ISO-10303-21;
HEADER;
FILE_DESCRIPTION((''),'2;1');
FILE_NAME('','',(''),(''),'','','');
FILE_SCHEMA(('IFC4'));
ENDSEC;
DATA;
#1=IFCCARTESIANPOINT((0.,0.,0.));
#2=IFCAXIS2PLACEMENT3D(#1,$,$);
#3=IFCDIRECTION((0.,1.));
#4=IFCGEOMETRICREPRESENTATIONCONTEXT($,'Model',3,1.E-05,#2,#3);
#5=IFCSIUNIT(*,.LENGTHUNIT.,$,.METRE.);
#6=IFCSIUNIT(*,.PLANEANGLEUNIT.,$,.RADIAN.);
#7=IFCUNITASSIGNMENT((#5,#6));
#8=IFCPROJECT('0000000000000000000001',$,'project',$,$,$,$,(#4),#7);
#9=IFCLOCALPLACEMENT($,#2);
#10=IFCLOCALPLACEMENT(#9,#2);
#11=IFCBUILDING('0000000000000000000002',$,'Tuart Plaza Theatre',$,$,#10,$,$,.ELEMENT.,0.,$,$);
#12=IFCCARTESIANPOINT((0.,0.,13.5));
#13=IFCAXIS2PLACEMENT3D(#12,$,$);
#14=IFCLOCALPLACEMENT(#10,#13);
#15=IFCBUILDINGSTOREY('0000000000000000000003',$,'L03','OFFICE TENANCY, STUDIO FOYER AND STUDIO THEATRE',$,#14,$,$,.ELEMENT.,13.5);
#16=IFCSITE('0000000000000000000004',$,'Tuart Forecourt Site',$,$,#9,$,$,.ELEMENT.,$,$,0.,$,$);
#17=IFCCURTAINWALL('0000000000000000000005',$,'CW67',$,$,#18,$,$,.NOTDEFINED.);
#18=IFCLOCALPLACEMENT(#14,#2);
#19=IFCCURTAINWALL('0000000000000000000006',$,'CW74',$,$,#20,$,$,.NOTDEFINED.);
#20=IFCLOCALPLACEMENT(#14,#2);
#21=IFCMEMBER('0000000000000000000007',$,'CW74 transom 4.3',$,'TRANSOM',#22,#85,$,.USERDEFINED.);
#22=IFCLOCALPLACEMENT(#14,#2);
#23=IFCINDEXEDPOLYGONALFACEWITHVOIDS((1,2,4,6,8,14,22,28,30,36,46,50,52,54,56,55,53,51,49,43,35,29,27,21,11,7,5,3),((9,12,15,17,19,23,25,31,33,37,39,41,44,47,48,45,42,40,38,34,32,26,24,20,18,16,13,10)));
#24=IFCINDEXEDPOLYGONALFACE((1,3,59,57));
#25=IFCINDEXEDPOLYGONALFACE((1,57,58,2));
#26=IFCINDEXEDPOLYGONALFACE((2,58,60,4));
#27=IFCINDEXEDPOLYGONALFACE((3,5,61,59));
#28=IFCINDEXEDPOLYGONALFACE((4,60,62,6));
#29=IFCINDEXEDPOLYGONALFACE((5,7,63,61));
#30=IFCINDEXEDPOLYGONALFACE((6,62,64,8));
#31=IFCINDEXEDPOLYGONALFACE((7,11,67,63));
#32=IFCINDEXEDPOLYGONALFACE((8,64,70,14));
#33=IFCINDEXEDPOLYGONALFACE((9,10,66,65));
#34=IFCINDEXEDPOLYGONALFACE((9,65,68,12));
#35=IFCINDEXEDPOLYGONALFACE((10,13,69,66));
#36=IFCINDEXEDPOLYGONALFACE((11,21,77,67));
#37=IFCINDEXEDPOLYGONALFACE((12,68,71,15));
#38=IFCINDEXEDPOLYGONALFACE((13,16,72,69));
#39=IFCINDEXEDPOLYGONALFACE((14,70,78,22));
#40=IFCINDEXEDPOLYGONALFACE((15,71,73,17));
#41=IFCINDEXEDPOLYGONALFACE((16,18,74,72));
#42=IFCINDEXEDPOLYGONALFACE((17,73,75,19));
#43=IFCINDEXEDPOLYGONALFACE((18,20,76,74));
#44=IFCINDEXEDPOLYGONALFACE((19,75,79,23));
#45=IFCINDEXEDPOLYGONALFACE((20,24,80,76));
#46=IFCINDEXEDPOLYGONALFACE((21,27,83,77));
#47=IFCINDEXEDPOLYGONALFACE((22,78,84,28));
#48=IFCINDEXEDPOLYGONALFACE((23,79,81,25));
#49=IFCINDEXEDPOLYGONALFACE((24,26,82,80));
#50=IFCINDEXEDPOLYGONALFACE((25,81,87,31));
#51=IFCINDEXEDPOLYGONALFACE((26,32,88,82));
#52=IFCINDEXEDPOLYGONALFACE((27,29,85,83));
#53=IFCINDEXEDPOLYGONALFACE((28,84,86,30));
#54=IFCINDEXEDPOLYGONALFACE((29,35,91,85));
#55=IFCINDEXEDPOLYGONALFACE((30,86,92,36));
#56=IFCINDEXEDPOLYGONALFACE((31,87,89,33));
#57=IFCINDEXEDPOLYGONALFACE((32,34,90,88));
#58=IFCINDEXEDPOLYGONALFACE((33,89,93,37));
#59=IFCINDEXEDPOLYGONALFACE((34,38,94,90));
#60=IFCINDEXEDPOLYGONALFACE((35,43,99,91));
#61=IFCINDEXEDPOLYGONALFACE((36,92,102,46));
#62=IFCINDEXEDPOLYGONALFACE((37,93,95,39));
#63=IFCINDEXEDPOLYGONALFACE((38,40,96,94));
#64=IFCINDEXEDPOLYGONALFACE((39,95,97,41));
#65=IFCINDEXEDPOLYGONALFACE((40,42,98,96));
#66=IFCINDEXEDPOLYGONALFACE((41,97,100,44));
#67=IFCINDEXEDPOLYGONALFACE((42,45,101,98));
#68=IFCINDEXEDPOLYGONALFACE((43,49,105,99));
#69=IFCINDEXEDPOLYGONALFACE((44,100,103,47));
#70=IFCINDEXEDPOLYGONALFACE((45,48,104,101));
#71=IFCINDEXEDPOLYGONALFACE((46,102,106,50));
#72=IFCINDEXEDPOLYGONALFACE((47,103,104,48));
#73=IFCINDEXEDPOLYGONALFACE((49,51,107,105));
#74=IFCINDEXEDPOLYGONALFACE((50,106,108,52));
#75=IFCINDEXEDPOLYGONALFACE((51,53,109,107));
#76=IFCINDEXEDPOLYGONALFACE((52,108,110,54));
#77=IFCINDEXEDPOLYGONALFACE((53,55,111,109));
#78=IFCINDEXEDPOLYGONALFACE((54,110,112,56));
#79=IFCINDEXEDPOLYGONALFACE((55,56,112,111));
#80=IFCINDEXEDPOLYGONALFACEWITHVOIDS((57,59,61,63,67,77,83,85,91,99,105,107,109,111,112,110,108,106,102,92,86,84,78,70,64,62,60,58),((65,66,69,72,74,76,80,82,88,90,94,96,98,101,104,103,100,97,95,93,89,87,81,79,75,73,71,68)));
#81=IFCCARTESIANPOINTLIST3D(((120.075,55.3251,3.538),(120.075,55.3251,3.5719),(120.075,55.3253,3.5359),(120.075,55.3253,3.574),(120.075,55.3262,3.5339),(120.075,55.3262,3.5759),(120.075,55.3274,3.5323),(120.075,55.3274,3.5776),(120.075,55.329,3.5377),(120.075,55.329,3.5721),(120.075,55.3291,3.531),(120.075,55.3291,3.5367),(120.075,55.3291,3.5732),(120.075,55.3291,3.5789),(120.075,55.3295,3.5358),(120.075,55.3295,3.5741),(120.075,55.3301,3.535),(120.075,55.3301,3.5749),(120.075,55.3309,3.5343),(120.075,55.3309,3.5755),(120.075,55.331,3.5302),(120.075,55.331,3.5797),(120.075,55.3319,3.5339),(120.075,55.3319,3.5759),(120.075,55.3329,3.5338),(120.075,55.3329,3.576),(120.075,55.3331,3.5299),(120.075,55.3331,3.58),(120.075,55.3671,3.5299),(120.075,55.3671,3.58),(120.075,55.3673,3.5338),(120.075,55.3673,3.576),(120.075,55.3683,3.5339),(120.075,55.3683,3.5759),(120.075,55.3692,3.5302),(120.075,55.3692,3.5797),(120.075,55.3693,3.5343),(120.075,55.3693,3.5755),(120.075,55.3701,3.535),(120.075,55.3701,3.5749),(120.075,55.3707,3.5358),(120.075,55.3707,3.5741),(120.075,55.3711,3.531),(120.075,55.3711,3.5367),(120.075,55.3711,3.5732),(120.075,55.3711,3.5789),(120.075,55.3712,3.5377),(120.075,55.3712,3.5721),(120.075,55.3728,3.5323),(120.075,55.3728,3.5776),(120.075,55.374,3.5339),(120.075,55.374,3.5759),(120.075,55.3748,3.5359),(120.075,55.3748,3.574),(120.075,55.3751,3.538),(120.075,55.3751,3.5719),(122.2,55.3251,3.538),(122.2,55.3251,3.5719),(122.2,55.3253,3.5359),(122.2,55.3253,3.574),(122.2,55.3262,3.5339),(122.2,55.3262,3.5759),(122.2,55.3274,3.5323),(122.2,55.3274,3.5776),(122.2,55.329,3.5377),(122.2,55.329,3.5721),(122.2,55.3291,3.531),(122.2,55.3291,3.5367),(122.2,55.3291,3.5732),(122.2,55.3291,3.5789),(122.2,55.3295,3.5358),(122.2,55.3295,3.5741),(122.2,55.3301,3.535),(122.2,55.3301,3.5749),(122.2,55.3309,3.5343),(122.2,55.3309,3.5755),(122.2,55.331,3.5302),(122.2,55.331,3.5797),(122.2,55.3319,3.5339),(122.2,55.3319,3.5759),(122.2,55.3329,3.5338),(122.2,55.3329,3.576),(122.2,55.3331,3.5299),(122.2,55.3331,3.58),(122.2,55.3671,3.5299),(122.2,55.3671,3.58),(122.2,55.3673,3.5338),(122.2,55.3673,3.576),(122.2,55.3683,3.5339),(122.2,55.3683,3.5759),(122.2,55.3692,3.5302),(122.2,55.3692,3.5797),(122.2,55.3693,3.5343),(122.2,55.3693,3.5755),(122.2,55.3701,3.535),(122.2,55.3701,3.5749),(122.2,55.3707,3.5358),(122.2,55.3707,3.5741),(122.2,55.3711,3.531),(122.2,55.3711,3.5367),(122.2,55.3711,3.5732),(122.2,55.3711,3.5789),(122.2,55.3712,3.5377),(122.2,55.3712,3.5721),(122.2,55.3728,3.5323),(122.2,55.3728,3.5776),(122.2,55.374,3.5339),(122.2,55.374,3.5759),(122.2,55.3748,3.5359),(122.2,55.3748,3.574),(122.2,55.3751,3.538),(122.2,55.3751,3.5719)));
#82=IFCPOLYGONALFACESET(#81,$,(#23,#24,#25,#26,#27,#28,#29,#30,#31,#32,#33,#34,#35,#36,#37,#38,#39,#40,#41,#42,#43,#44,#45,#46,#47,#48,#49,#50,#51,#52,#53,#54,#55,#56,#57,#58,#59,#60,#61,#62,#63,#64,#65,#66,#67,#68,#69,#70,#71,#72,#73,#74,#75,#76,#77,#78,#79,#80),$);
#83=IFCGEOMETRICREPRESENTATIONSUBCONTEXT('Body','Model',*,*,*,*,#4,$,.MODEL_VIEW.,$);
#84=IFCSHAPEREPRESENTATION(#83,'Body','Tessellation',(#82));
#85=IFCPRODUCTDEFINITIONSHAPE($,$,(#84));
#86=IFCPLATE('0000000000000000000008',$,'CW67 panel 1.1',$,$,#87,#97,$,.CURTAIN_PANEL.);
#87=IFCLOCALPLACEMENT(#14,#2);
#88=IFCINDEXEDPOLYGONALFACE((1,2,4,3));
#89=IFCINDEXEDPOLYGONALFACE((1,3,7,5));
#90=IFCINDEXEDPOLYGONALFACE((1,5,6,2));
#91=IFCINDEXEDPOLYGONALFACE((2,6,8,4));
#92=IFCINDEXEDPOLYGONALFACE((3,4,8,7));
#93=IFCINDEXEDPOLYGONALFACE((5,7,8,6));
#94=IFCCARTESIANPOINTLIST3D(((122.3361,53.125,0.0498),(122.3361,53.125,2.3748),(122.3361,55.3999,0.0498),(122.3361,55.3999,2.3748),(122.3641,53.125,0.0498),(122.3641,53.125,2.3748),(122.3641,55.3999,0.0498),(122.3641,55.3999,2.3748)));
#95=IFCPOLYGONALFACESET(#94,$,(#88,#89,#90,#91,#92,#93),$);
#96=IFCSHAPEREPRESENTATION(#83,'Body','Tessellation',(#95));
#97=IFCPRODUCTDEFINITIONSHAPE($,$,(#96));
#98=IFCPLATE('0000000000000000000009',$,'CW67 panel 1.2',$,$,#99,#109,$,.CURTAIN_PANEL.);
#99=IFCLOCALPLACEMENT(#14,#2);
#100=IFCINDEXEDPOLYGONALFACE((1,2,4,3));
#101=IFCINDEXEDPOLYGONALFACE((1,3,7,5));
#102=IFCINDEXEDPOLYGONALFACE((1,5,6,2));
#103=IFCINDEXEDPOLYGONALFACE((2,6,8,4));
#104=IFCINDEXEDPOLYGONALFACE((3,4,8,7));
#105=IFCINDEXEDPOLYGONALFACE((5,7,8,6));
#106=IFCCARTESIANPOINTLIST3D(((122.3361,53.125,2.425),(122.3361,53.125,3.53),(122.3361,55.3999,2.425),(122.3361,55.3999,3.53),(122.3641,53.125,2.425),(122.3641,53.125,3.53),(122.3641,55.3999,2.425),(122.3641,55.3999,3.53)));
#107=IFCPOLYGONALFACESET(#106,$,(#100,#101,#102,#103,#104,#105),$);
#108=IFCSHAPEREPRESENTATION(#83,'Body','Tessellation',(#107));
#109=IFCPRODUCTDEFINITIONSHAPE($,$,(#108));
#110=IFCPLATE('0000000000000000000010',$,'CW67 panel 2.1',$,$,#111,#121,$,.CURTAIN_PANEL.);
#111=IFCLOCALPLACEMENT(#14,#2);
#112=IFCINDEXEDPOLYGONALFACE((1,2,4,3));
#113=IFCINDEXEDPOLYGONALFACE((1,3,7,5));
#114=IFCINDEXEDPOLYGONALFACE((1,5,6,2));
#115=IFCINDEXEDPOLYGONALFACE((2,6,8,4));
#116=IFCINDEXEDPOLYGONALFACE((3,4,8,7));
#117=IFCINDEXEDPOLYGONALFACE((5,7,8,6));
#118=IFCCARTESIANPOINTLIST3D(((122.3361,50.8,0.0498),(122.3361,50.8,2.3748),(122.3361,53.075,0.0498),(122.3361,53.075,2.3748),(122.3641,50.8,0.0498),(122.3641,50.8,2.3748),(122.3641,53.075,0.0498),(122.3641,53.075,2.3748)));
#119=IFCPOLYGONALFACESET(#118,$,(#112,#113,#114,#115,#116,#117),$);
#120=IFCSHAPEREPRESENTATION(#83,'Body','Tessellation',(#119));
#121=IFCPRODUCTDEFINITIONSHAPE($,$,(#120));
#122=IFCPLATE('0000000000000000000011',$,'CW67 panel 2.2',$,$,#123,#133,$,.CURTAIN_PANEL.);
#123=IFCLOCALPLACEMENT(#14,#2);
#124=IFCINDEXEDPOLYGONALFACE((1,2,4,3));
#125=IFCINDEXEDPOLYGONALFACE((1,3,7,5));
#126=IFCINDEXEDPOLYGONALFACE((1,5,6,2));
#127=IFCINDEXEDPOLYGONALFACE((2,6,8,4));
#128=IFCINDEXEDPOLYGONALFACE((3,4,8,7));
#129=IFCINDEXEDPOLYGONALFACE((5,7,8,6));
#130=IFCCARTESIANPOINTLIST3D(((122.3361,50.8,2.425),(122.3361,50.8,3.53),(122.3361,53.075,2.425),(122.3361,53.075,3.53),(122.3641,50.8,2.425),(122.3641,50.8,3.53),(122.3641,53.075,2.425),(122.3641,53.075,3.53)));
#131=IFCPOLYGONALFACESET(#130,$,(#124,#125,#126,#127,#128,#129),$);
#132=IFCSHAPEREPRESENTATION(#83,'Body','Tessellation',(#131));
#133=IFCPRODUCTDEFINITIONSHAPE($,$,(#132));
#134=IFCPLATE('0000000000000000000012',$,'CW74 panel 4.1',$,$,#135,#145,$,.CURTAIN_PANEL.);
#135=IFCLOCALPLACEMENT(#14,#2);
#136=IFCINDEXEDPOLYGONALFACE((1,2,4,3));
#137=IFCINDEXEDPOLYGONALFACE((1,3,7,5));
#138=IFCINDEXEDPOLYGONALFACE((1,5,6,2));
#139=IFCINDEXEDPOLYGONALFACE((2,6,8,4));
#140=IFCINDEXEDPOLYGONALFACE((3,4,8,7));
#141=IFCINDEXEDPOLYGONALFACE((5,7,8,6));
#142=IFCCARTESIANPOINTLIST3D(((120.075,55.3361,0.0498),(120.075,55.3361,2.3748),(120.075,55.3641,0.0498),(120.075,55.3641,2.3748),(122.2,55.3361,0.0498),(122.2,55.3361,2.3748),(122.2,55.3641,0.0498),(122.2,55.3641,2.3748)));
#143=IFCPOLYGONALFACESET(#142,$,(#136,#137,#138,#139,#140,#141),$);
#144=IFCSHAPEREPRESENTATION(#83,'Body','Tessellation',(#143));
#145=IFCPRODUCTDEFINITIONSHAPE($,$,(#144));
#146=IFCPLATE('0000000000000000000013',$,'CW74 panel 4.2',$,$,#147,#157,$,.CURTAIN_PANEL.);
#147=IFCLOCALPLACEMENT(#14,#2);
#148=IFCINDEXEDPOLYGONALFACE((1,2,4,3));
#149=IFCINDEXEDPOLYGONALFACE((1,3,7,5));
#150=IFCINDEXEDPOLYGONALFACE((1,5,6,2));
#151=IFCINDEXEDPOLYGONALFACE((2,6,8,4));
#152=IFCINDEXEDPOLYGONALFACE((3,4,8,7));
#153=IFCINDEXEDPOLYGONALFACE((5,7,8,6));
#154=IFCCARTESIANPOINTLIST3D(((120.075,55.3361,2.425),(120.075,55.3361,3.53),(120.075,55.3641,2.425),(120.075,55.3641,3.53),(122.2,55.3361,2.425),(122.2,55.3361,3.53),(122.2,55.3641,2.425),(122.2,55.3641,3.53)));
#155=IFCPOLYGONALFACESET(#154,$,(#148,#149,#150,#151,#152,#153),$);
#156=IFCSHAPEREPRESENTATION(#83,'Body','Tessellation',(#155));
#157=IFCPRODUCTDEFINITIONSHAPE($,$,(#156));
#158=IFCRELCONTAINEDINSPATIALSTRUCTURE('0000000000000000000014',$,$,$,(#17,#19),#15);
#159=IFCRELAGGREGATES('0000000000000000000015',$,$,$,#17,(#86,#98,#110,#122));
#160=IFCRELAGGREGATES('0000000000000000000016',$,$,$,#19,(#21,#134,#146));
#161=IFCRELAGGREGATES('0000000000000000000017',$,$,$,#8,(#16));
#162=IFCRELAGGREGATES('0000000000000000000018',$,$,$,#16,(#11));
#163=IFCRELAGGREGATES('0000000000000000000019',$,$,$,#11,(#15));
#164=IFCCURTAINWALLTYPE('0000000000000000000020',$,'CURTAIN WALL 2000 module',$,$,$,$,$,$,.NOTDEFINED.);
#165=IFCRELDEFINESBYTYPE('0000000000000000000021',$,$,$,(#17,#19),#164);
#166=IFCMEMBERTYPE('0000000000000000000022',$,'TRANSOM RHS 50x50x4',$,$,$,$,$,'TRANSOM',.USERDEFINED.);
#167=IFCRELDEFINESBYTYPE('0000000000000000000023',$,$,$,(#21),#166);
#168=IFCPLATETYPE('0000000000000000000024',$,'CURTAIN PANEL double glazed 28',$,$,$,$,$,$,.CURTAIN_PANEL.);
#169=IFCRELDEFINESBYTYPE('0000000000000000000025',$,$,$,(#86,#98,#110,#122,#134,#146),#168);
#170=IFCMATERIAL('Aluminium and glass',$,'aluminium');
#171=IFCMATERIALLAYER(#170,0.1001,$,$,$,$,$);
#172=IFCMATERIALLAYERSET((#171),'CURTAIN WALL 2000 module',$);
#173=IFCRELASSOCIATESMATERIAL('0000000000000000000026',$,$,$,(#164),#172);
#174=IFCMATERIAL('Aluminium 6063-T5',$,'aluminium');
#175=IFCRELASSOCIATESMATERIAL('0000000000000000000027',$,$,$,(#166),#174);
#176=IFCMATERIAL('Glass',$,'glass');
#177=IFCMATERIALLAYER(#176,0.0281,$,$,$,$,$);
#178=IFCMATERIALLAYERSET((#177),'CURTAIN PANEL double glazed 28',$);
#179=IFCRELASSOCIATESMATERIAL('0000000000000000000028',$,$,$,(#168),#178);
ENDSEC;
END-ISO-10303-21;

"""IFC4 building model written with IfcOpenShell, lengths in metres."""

from ifc_helpers import new_model, si_unit, direction, frame, origin, origin_2d, place, context, subcontext, project, spatial, rectangle, hollow_rectangle, extrude, material, layer, layer_set, material_profile, profile_set, type_object, element, aggregate, save


model = new_model("IFC4")

# Units and contexts
model_context = context("Model", 3, precision=1e-05, world=origin(), true_north=direction((0.0, 1.0)))
body_context = subcontext(model_context, "Body", "Model", "MODEL_VIEW")
ifc_project = project(units=[si_unit("LENGTHUNIT", "METRE"), si_unit("PLANEANGLEUNIT", "RADIAN")], contexts=[model_context])

# Site, building, storey
site_placement = place(None, origin())
site = spatial("IfcSite", under=ifc_project, at=site_placement, Name="Tuart Forecourt Site", CompositionType="ELEMENT", RefElevation=0.0)
building_placement = place(site_placement, origin())
building = spatial("IfcBuilding", under=site, at=building_placement, Name="Tuart Plaza Theatre", CompositionType="ELEMENT", ElevationOfRefHeight=0.0)
storey_placement = place(building_placement, frame((0.0, 0.0, 13.5)))
storey = spatial("IfcBuildingStorey", under=building, at=storey_placement, Name="L03", Description="OFFICE TENANCY, STUDIO FOYER AND STUDIO THEATRE", CompositionType="ELEMENT", Elevation=13.5)

# Curtain wall
ifc_material_1 = material(Name="Aluminium and glass", Category="aluminium")
ifc_layer_1 = layer(ifc_material_1, 0.1001)
ifc_layer_set_1 = layer_set([ifc_layer_1], Name="CURTAIN WALL 2000 module")
curtain_wall_type = type_object("IfcCurtainWallType", Name="CURTAIN WALL 2000 module", PredefinedType="NOTDEFINED", material=ifc_layer_set_1)
curtain_wall_1_placement = place(storey_placement, origin())
curtain_wall_1 = element("IfcCurtainWall", 1, at=curtain_wall_1_placement, inside=storey, type_object=curtain_wall_type, Name="CW67", PredefinedType="NOTDEFINED")

# Curtain wall
curtain_wall_2_placement = place(storey_placement, origin())
curtain_wall_2 = element("IfcCurtainWall", 2, at=curtain_wall_2_placement, inside=storey, type_object=curtain_wall_type, Name="CW74", PredefinedType="NOTDEFINED")

# Member
ifc_material_2 = material(Name="Aluminium 6063-T5", Category="aluminium")
ifc_material_profile_1 = material_profile(ifc_material_2, hollow_rectangle(XDim=0.05, YDim=0.05, WallThickness=0.0039, InnerFilletRadius=0.0039, OuterFilletRadius=0.0081, at=origin_2d()), Name="RHS 50x50x4")
ifc_profile_set_1 = profile_set([ifc_material_profile_1], Name="Aluminium 6063-T5")
member_type_1 = type_object("IfcMemberType", Name="TRANSOM RHS 50x50x4", ElementType="TRANSOM", PredefinedType="USERDEFINED", material=ifc_profile_set_1)
member_1_placement = place(storey_placement, frame((120.075, 55.3501, 3.5549), z_axis=(1.0, 0.0, 0.0), x_axis=(0.0, 1.0, 0.0)))
member_1 = element("IfcMember", 3, at=member_1_placement, type_object=member_type_1, Name="CW74 transom 4.3", ObjectType="TRANSOM", PredefinedType="USERDEFINED", context=body_context, shape_type="SweptSolid", body=[
    extrude(hollow_rectangle(XDim=0.05, YDim=0.05, WallThickness=0.0039, InnerFilletRadius=0.0039, OuterFilletRadius=0.0081, at=origin_2d()), origin(), (0.0, 0.0, 1.0), 2.125),
])

# Plates
ifc_material_3 = material(Name="Glass", Category="glass")
ifc_layer_2 = layer(ifc_material_3, 0.0281)
ifc_layer_set_2 = layer_set([ifc_layer_2], Name="CURTAIN PANEL double glazed 28")
plate_type = type_object("IfcPlateType", Name="CURTAIN PANEL double glazed 28", PredefinedType="CURTAIN_PANEL", material=ifc_layer_set_2)
plate_1_placement = place(storey_placement, frame((122.3501, 54.2625, 0.0498), z_axis=(0.0, 0.0, 1.0), x_axis=(0.0, -1.0, 0.0)))
plate_1 = element("IfcPlate", 4, at=plate_1_placement, type_object=plate_type, Name="CW67 panel 1.1", PredefinedType="CURTAIN_PANEL", context=body_context, shape_type="SweptSolid", body=[
    extrude(rectangle(XDim=2.2749, YDim=0.0281, at=origin_2d()), origin(), (0.0, 0.0, 1.0), 2.325),
])
plate_2_placement = place(storey_placement, frame((122.3501, 54.2625, 2.425), z_axis=(0.0, 0.0, 1.0), x_axis=(0.0, -1.0, 0.0)))
plate_2 = element("IfcPlate", 5, at=plate_2_placement, type_object=plate_type, Name="CW67 panel 1.2", PredefinedType="CURTAIN_PANEL", context=body_context, shape_type="SweptSolid", body=[
    extrude(rectangle(XDim=2.2749, YDim=0.0281, at=origin_2d()), origin(), (0.0, 0.0, 1.0), 1.105),
])
plate_3_placement = place(storey_placement, frame((122.3501, 51.9375, 0.0498), z_axis=(0.0, 0.0, 1.0), x_axis=(0.0, -1.0, 0.0)))
plate_3 = element("IfcPlate", 6, at=plate_3_placement, type_object=plate_type, Name="CW67 panel 2.1", PredefinedType="CURTAIN_PANEL", context=body_context, shape_type="SweptSolid", body=[
    extrude(rectangle(XDim=2.2749, YDim=0.0281, at=origin_2d()), origin(), (0.0, 0.0, 1.0), 2.325),
])
plate_4_placement = place(storey_placement, frame((122.3501, 51.9375, 2.425), z_axis=(0.0, 0.0, 1.0), x_axis=(0.0, -1.0, 0.0)))
plate_4 = element("IfcPlate", 7, at=plate_4_placement, type_object=plate_type, Name="CW67 panel 2.2", PredefinedType="CURTAIN_PANEL", context=body_context, shape_type="SweptSolid", body=[
    extrude(rectangle(XDim=2.2749, YDim=0.0281, at=origin_2d()), origin(), (0.0, 0.0, 1.0), 1.105),
])
aggregate(curtain_wall_1, [plate_1, plate_2, plate_3, plate_4])
plate_5_placement = place(storey_placement, frame((121.1375, 55.3501, 0.0498), z_axis=(0.0, 0.0, 1.0), x_axis=(1.0, 0.0, 0.0)))
plate_5 = element("IfcPlate", 8, at=plate_5_placement, type_object=plate_type, Name="CW74 panel 4.1", PredefinedType="CURTAIN_PANEL", context=body_context, shape_type="SweptSolid", body=[
    extrude(rectangle(XDim=2.125, YDim=0.0281, at=origin_2d()), origin(), (0.0, 0.0, 1.0), 2.325),
])
plate_6_placement = place(storey_placement, frame((121.1375, 55.3501, 2.425), z_axis=(0.0, 0.0, 1.0), x_axis=(1.0, 0.0, 0.0)))
plate_6 = element("IfcPlate", 9, at=plate_6_placement, type_object=plate_type, Name="CW74 panel 4.2", PredefinedType="CURTAIN_PANEL", context=body_context, shape_type="SweptSolid", body=[
    extrude(rectangle(XDim=2.125, YDim=0.0281, at=origin_2d()), origin(), (0.0, 0.0, 1.0), 1.105),
])
aggregate(curtain_wall_2, [member_1, plate_5, plate_6])

save(model, "model.ifc")
